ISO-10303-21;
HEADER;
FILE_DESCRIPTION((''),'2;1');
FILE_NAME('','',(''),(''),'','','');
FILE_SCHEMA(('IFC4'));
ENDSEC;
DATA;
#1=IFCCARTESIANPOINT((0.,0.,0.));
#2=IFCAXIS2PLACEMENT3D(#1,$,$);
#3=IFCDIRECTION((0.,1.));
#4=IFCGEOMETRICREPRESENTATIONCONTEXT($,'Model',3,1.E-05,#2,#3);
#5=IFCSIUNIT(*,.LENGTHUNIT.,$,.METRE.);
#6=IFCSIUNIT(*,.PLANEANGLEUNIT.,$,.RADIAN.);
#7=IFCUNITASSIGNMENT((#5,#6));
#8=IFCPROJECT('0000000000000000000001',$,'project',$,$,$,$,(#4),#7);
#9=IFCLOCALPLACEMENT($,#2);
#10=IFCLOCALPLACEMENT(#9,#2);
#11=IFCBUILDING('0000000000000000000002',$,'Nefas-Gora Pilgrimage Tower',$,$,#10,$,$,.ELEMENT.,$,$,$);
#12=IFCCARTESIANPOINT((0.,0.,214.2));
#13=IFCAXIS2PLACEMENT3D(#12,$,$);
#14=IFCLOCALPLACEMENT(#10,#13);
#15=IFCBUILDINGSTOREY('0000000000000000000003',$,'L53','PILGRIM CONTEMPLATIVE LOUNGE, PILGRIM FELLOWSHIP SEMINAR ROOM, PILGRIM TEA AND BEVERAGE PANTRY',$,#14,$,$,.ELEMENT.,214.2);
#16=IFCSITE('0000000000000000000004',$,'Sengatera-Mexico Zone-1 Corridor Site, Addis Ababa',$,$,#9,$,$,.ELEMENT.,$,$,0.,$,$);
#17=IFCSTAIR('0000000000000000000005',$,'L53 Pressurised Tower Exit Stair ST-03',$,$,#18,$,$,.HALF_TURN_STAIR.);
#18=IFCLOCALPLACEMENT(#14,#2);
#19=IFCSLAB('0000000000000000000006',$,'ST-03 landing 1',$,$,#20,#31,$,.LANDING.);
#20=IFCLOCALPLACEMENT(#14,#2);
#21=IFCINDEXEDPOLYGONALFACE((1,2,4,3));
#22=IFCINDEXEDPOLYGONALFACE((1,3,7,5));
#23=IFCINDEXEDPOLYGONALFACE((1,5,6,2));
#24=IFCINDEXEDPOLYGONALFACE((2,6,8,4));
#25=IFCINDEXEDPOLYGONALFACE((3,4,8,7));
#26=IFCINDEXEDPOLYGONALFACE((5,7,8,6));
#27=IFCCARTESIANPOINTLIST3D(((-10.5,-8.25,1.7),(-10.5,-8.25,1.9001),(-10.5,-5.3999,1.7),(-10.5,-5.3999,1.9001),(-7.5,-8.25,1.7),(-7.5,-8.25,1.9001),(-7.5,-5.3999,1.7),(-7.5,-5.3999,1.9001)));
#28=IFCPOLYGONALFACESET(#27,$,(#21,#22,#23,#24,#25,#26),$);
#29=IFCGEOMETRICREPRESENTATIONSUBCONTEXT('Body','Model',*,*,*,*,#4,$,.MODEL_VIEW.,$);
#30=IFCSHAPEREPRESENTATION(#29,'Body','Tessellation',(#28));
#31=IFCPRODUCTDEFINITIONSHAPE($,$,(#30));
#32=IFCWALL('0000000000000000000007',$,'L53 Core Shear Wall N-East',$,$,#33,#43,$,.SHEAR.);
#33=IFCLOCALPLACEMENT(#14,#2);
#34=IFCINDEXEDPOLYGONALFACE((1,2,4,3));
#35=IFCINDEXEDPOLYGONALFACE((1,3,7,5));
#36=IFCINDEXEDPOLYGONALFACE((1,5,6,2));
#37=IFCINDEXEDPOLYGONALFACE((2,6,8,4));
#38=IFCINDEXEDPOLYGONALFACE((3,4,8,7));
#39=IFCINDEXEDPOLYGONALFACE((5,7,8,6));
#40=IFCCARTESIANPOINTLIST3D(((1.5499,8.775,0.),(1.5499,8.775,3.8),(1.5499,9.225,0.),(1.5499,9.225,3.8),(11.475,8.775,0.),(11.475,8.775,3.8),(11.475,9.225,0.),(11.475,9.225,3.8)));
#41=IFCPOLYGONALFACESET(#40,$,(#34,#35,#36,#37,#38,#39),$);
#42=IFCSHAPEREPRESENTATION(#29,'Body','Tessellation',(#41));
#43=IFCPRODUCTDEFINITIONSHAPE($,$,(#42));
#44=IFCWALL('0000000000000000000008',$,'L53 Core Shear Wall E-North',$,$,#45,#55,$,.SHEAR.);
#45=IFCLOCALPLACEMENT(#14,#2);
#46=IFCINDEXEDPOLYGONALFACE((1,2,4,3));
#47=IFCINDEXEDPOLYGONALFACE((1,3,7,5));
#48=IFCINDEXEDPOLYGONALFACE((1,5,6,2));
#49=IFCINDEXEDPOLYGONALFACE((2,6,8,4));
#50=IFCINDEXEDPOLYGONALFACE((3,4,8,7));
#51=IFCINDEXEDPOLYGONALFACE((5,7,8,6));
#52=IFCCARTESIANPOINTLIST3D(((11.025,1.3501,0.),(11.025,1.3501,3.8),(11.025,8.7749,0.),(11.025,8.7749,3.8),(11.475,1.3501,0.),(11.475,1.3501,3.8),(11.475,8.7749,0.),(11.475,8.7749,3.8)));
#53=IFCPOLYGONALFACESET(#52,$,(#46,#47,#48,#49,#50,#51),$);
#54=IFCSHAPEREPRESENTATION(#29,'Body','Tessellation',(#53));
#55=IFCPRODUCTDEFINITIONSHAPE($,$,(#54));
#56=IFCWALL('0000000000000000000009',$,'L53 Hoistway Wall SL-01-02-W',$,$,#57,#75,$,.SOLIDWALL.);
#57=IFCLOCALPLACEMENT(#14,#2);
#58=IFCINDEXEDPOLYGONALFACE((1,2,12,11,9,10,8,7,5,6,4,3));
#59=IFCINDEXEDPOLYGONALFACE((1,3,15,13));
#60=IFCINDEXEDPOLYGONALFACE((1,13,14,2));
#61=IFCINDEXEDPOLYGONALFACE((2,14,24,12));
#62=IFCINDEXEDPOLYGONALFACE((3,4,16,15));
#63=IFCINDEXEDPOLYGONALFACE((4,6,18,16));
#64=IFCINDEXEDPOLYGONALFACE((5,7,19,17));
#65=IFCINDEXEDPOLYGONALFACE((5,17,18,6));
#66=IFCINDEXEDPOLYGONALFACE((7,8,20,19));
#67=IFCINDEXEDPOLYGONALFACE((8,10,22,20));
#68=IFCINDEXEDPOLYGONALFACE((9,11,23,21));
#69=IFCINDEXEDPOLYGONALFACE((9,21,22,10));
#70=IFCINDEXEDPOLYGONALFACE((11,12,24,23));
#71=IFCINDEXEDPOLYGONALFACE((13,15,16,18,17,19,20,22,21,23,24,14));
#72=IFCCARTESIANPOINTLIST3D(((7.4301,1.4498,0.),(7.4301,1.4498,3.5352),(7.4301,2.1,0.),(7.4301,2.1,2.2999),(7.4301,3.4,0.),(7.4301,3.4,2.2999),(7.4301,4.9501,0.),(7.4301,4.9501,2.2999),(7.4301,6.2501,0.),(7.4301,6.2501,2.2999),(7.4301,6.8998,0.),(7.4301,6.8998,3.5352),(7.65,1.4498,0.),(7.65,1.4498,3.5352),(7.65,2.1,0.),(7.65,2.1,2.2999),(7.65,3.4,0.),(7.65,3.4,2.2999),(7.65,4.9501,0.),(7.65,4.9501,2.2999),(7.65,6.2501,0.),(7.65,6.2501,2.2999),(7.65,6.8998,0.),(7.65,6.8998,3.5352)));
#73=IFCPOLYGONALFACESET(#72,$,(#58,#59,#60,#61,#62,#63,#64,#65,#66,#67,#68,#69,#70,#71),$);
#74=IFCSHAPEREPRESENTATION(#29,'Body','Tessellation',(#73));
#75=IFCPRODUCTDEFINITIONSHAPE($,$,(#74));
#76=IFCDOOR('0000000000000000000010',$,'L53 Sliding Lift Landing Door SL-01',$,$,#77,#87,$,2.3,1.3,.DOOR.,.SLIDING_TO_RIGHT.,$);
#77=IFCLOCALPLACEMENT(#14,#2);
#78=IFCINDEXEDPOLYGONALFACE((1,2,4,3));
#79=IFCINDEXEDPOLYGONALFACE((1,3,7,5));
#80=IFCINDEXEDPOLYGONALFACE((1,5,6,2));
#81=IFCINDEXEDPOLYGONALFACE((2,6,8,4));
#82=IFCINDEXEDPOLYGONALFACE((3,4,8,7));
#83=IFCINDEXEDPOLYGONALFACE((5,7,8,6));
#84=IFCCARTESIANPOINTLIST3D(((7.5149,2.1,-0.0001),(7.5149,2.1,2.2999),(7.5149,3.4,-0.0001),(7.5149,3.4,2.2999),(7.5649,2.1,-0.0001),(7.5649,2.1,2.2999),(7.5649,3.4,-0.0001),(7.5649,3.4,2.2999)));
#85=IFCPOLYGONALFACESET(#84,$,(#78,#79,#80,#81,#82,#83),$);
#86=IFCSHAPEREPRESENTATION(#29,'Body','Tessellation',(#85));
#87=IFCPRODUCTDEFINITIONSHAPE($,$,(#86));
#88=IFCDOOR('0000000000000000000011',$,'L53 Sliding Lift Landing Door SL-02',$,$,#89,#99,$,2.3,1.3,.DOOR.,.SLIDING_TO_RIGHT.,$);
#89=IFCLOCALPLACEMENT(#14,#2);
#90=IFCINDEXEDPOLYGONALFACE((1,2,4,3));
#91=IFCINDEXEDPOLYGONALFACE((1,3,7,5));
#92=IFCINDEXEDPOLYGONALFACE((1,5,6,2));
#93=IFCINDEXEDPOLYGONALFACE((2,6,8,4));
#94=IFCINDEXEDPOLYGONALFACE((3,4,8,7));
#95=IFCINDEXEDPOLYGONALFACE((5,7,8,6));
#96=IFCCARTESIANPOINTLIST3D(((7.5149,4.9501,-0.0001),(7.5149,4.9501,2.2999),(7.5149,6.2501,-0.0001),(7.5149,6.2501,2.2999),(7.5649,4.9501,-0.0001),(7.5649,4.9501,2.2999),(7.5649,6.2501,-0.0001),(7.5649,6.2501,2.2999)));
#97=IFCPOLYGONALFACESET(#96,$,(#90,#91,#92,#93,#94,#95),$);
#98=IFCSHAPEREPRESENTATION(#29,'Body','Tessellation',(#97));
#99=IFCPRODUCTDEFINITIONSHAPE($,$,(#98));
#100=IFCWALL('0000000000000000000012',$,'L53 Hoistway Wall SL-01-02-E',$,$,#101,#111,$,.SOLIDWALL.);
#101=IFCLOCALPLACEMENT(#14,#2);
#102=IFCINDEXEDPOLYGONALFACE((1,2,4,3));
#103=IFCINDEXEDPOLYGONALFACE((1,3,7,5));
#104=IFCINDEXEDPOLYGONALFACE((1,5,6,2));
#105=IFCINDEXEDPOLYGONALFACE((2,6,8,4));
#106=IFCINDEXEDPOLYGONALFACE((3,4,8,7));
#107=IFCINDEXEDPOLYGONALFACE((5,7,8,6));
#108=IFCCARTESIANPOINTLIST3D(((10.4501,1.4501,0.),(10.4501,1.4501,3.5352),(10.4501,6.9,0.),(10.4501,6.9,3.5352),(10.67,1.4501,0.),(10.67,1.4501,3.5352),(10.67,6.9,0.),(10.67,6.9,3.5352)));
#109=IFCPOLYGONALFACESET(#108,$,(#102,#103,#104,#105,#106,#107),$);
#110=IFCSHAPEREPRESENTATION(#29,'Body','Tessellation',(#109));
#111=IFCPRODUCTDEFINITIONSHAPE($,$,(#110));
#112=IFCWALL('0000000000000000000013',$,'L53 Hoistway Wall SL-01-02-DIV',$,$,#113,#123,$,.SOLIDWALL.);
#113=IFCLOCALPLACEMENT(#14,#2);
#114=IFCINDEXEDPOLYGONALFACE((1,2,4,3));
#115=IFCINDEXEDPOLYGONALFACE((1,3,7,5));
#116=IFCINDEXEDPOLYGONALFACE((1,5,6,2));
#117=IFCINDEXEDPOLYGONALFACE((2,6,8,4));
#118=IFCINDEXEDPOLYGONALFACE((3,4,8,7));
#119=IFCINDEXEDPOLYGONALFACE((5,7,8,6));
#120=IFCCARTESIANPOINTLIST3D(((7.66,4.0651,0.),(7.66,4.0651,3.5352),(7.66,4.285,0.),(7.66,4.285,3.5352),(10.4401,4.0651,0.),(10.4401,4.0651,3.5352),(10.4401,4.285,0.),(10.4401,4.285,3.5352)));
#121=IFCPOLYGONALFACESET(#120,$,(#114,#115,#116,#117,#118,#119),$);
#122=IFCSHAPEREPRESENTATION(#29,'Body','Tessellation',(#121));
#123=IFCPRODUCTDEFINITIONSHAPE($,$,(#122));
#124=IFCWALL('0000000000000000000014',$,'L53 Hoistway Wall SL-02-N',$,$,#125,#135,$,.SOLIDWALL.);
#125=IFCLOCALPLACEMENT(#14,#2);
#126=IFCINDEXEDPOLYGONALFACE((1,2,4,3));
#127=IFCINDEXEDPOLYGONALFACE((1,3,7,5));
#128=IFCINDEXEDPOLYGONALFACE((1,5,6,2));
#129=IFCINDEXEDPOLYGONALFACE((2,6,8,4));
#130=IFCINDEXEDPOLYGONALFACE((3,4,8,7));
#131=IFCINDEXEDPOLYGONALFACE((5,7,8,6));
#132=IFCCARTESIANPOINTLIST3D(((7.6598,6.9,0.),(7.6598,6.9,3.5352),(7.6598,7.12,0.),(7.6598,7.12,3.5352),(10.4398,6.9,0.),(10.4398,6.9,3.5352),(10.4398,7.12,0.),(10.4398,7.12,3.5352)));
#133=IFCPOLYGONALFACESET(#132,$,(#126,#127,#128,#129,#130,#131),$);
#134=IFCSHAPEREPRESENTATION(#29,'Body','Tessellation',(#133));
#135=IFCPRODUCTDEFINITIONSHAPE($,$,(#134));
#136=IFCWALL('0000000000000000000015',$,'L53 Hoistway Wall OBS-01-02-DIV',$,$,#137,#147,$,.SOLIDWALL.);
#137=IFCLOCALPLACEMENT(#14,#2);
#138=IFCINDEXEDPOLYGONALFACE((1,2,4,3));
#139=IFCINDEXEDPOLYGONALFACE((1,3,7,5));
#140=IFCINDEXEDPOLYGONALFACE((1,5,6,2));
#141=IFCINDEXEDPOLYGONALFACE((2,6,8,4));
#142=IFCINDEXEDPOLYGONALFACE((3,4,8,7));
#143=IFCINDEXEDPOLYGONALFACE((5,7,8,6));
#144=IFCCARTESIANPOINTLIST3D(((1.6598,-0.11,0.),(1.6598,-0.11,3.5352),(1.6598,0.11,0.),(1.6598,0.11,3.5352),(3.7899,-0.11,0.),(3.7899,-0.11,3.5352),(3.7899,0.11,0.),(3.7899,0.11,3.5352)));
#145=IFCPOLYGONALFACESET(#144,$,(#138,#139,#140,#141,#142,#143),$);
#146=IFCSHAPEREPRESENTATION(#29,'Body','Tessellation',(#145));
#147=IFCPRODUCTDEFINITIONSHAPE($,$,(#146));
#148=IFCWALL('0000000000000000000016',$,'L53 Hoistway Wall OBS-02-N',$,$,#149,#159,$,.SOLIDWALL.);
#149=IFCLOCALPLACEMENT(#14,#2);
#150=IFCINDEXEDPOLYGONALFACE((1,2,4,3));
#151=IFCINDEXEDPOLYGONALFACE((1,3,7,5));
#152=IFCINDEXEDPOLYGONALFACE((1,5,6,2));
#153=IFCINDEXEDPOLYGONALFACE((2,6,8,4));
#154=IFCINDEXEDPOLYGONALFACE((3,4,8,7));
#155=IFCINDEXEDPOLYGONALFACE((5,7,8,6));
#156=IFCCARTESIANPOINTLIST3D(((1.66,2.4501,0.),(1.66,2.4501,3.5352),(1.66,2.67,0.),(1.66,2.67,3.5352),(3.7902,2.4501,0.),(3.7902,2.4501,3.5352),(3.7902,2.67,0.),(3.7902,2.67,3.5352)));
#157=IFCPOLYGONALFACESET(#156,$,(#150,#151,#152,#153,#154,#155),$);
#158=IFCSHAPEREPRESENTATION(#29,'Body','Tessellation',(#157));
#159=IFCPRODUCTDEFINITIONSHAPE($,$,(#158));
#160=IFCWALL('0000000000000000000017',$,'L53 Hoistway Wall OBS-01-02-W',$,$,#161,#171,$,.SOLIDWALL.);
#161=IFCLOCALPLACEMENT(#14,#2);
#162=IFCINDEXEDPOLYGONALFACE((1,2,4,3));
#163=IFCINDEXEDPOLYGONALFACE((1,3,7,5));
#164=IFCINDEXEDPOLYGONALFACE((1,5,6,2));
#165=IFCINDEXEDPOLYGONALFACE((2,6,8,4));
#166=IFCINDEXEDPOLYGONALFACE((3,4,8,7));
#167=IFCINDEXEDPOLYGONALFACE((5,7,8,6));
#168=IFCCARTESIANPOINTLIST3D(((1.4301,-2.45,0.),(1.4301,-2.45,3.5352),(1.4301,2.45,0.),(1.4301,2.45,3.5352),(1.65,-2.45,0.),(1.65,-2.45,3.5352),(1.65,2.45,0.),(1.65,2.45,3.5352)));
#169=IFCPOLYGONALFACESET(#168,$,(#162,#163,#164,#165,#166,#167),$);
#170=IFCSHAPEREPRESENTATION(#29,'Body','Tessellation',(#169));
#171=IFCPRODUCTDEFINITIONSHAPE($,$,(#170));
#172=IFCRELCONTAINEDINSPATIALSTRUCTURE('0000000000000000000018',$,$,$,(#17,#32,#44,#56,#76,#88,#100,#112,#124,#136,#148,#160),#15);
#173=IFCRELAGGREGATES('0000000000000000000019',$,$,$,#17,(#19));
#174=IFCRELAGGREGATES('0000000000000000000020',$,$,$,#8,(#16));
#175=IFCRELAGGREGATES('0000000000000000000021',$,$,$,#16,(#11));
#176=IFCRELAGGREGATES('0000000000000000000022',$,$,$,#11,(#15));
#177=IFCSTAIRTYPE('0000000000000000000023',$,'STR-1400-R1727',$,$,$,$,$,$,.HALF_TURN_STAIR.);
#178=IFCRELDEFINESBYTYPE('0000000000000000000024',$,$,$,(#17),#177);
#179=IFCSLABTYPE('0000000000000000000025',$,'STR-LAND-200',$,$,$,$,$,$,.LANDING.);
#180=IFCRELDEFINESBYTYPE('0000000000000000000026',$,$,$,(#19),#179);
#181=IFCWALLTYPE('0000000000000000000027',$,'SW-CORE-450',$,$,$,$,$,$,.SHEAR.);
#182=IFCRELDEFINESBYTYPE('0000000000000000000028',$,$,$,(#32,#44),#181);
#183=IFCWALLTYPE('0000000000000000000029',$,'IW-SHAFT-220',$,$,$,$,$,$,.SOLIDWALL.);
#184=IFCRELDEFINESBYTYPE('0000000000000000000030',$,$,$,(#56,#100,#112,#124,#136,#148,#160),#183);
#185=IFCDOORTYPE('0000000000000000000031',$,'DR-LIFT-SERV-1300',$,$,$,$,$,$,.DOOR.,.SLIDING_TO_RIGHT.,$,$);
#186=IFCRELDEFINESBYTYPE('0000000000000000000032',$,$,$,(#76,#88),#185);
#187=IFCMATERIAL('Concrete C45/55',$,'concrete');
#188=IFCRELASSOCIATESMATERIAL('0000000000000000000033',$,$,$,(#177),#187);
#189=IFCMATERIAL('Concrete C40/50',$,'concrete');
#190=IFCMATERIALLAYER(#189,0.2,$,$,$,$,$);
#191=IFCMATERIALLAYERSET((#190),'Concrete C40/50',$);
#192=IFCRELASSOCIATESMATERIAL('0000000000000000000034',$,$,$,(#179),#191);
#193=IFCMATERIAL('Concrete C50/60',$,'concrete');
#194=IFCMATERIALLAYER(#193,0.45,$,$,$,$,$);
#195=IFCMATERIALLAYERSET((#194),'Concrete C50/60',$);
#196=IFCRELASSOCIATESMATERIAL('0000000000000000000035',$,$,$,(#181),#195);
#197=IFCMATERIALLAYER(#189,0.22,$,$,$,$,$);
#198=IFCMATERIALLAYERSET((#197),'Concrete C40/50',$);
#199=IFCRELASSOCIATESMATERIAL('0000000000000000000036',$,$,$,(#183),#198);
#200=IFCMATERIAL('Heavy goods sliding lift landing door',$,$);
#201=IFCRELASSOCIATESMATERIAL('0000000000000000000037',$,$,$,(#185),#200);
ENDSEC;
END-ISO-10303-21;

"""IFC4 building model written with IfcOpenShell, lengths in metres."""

from ifc_helpers import new_model, si_unit, direction, frame, frame_2d, origin, place, context, subcontext, project, spatial, polyline, rectangle, outline, extrude, source, transform, mapped, material, layer, layer_set, type_object, element, fill, aggregate, save


model = new_model("IFC4")

# Units and contexts
model_context = context("Model", 3, precision=1e-05, world=origin(), true_north=direction((0.0, 1.0)))
body_context = subcontext(model_context, "Body", "Model", "MODEL_VIEW")
ifc_project = project(units=[si_unit("LENGTHUNIT", "METRE"), si_unit("PLANEANGLEUNIT", "RADIAN")], contexts=[model_context])

# Site, building, storey
site_placement = place(None, origin())
site = spatial("IfcSite", under=ifc_project, at=site_placement, Name="Sengatera-Mexico Zone-1 Corridor Site, Addis Ababa", CompositionType="ELEMENT", RefElevation=0.0)
building_placement = place(site_placement, origin())
building = spatial("IfcBuilding", under=site, at=building_placement, Name="Nefas-Gora Pilgrimage Tower", CompositionType="ELEMENT")
storey_placement = place(building_placement, frame((0.0, 0.0, 214.2)))
storey = spatial("IfcBuildingStorey", under=building, at=storey_placement, Name="L53", Description="PILGRIM CONTEMPLATIVE LOUNGE, PILGRIM FELLOWSHIP SEMINAR ROOM, PILGRIM TEA AND BEVERAGE PANTRY", CompositionType="ELEMENT", Elevation=214.2)

# Stair, slab
ifc_material_1 = material(Name="Concrete C45/55", Category="concrete")
stair_type = type_object("IfcStairType", Name="STR-1400-R1727", PredefinedType="HALF_TURN_STAIR", material=ifc_material_1)
ifc_material_2 = material(Name="Concrete C40/50", Category="concrete")
ifc_layer_1 = layer(ifc_material_2, 0.2)
ifc_layer_set_1 = layer_set([ifc_layer_1], Name="Concrete C40/50")
slab_type = type_object("IfcSlabType", Name="STR-LAND-200", PredefinedType="LANDING", material=ifc_layer_set_1)
stair_1_placement = place(storey_placement, origin())
stair_1 = element("IfcStair", 1, at=stair_1_placement, inside=storey, type_object=stair_type, Name="L53 Pressurised Tower Exit Stair ST-03", PredefinedType="HALF_TURN_STAIR")
slab_1_placement = place(storey_placement, frame((0.0, 0.0, 1.7)))
slab_1 = element("IfcSlab", 2, at=slab_1_placement, type_object=slab_type, Name="ST-03 landing 1", PredefinedType="LANDING", context=body_context, shape_type="SweptSolid", body=[
    extrude(outline(polyline([(-10.5, -5.3999), (-10.5, -8.25), (-7.5, -8.25), (-7.5, -5.3999), (-10.5, -5.3999)])), origin(), (0.0, 0.0, 1.0), 0.2002),
])
aggregate(stair_1, [slab_1])

# Walls
ifc_material_3 = material(Name="Concrete C50/60", Category="concrete")
ifc_layer_2 = layer(ifc_material_3, 0.45)
ifc_layer_set_2 = layer_set([ifc_layer_2], Name="Concrete C50/60")
wall_type_1 = type_object("IfcWallType", Name="SW-CORE-450", PredefinedType="SHEAR", material=ifc_layer_set_2)
shared_shape_1 = source(origin(), body_context, "Body", "SweptSolid", [
    extrude(rectangle(XDim=9.925, YDim=0.45, at=frame_2d((4.9624, 0.0))), origin(), (0.0, 0.0, 1.0), 3.8),
])
wall_1_placement = place(storey_placement, frame((1.55, 9.0, 0.0), z_axis=(0.0, 0.0, 1.0), x_axis=(1.0, 0.0, 0.0)))
element("IfcWall", 3, at=wall_1_placement, inside=storey, type_object=wall_type_1, Name="L53 Core Shear Wall N-East", PredefinedType="SHEAR", context=body_context, shape_type="MappedRepresentation", body=[
    mapped(shared_shape_1, transform((0.0, 0.0, 0.0), x_axis=(1.0, 0.0, 0.0), y_axis=(0.0, 1.0, 0.0), z_axis=(0.0, 0.0, 1.0), scale=1.0)),
])
shared_shape_2 = source(origin(), body_context, "Body", "SweptSolid", [
    extrude(rectangle(XDim=7.4248, YDim=0.45, at=frame_2d((3.7124, 0.0))), origin(), (0.0, 0.0, 1.0), 3.8),
])
wall_2_placement = place(storey_placement, frame((11.25, 1.3501, 0.0), z_axis=(0.0, 0.0, 1.0), x_axis=(0.0, 1.0, 0.0)))
element("IfcWall", 4, at=wall_2_placement, inside=storey, type_object=wall_type_1, Name="L53 Core Shear Wall E-North", PredefinedType="SHEAR", context=body_context, shape_type="MappedRepresentation", body=[
    mapped(shared_shape_2, transform((0.0, 0.0, 0.0), x_axis=(1.0, 0.0, 0.0), y_axis=(0.0, 1.0, 0.0), z_axis=(0.0, 0.0, 1.0), scale=1.0)),
])

# Wall, openings, doors
ifc_layer_3 = layer(ifc_material_2, 0.22)
ifc_layer_set_3 = layer_set([ifc_layer_3], Name="Concrete C40/50")
wall_type_2 = type_object("IfcWallType", Name="IW-SHAFT-220", PredefinedType="SOLIDWALL", material=ifc_layer_set_3)
shared_shape_3 = source(origin(), body_context, "Body", "SweptSolid", [
    extrude(rectangle(XDim=5.45, YDim=0.22, at=frame_2d((2.7251, 0.0))), origin(), (0.0, 0.0, 1.0), 3.5352),
])
wall_3_placement = place(storey_placement, frame((7.54, 6.8999, 0.0), z_axis=(0.0, 0.0, 1.0), x_axis=(0.0, -1.0, 0.0)))
wall_3 = element("IfcWall", 5, at=wall_3_placement, inside=storey, type_object=wall_type_2, Name="L53 Hoistway Wall SL-01-02-W", PredefinedType="SOLIDWALL", context=body_context, shape_type="MappedRepresentation", body=[
    mapped(shared_shape_3, transform((0.0, 0.0, 0.0), x_axis=(1.0, 0.0, 0.0), y_axis=(0.0, 1.0, 0.0), z_axis=(0.0, 0.0, 1.0), scale=1.0)),
])
opening_1_placement = place(wall_3_placement, frame((3.5, 0.0, 0.0)))
opening_1 = element("IfcOpeningElement", 6, at=opening_1_placement, cuts=wall_3, PredefinedType="OPENING", context=body_context, shape_type="SweptSolid", body=[
    extrude(rectangle(XDim=1.3, YDim=2.3, at=frame_2d((0.6499, 1.1499))), frame((0.0, 0.1199, 0.0), z_axis=(0.0, -1.0, 0.0), x_axis=(1.0, 0.0, 0.0)), (0.0, 0.0, 1.0), 0.24),
])
opening_2_placement = place(wall_3_placement, frame((0.6499, 0.0, 0.0)))
opening_2 = element("IfcOpeningElement", 7, at=opening_2_placement, cuts=wall_3, PredefinedType="OPENING", context=body_context, shape_type="SweptSolid", body=[
    extrude(rectangle(XDim=1.3, YDim=2.3, at=frame_2d((0.6499, 1.1499))), frame((0.0, 0.1199, 0.0), z_axis=(0.0, -1.0, 0.0), x_axis=(1.0, 0.0, 0.0)), (0.0, 0.0, 1.0), 0.24),
])
ifc_material_4 = material(Name="Heavy goods sliding lift landing door")
door_type_1 = type_object("IfcDoorType", Name="DR-LIFT-SERV-1300", OperationType="SLIDING_TO_RIGHT", PredefinedType="DOOR", material=ifc_material_4)
shared_shape_4 = source(origin(), body_context, "Body", "SweptSolid", [
    extrude(rectangle(XDim=1.3, YDim=2.3, at=frame_2d((0.6499, 1.1499))), frame((0.0, 0.0249, 0.0), z_axis=(0.0, -1.0, 0.0), x_axis=(1.0, 0.0, 0.0)), (0.0, 0.0, 1.0), 0.05),
])
door_1_placement = place(opening_1_placement, origin())
door_1 = element("IfcDoor", 8, at=door_1_placement, inside=storey, type_object=door_type_1, Name="L53 Sliding Lift Landing Door SL-01", OperationType="SLIDING_TO_RIGHT", OverallHeight=2.3, OverallWidth=1.3, PredefinedType="DOOR", context=body_context, shape_type="MappedRepresentation", body=[
    mapped(shared_shape_4, transform((0.0, 0.0, 0.0), x_axis=(1.0, 0.0, 0.0), y_axis=(0.0, 1.0, 0.0), z_axis=(0.0, 0.0, 1.0), scale=1.0)),
])
fill(opening_1, door_1)
door_2_placement = place(opening_2_placement, origin())
door_2 = element("IfcDoor", 9, at=door_2_placement, inside=storey, type_object=door_type_1, Name="L53 Sliding Lift Landing Door SL-02", OperationType="SLIDING_TO_RIGHT", OverallHeight=2.3, OverallWidth=1.3, PredefinedType="DOOR", context=body_context, shape_type="MappedRepresentation", body=[
    mapped(shared_shape_4, transform((0.0, 0.0, 0.0), x_axis=(1.0, 0.0, 0.0), y_axis=(0.0, 1.0, 0.0), z_axis=(0.0, 0.0, 1.0), scale=1.0)),
])
fill(opening_2, door_2)

# Walls
wall_4_placement = place(storey_placement, frame((10.5601, 1.45, 0.0), z_axis=(0.0, 0.0, 1.0), x_axis=(0.0, 1.0, 0.0)))
element("IfcWall", 10, at=wall_4_placement, inside=storey, type_object=wall_type_2, Name="L53 Hoistway Wall SL-01-02-E", PredefinedType="SOLIDWALL", context=body_context, shape_type="MappedRepresentation", body=[
    mapped(shared_shape_3, transform((0.0, 0.0, 0.0), x_axis=(1.0, 0.0, 0.0), y_axis=(0.0, 1.0, 0.0), z_axis=(0.0, 0.0, 1.0), scale=1.0)),
])
shared_shape_5 = source(origin(), body_context, "Body", "SweptSolid", [
    extrude(rectangle(XDim=2.78, YDim=0.22, at=frame_2d((1.3901, 0.0))), origin(), (0.0, 0.0, 1.0), 3.5352),
])
for number, where, z_axis, x_axis, name in (
    (11, (7.6599, 4.175, 0.0), (0.0, 0.0, 1.0), (1.0, 0.0, 0.0), "L53 Hoistway Wall SL-01-02-DIV"),
    (12, (10.4399, 7.01, 0.0), (0.0, 0.0, 1.0), (-1.0, 0.0, 0.0), "L53 Hoistway Wall SL-02-N"),
):
    element("IfcWall", number, at=place(storey_placement, frame(where, z_axis=z_axis, x_axis=x_axis)), inside=storey, type_object=wall_type_2, Name=name, PredefinedType="SOLIDWALL", context=body_context, shape_type="MappedRepresentation", body=[
        mapped(shared_shape_5, transform((0.0, 0.0, 0.0), x_axis=(1.0, 0.0, 0.0), y_axis=(0.0, 1.0, 0.0), z_axis=(0.0, 0.0, 1.0), scale=1.0)),
    ])
shared_shape_6 = source(origin(), body_context, "Body", "SweptSolid", [
    extrude(rectangle(XDim=2.1301, YDim=0.22, at=frame_2d((1.0649, 0.0))), origin(), (0.0, 0.0, 1.0), 3.5352),
])
for number, where, z_axis, x_axis, name in (
    (13, (1.6599, 0.0, 0.0), (0.0, 0.0, 1.0), (1.0, 0.0, 0.0), "L53 Hoistway Wall OBS-01-02-DIV"),
    (14, (3.79, 2.5601, 0.0), (0.0, 0.0, 1.0), (-1.0, 0.0, 0.0), "L53 Hoistway Wall OBS-02-N"),
):
    element("IfcWall", number, at=place(storey_placement, frame(where, z_axis=z_axis, x_axis=x_axis)), inside=storey, type_object=wall_type_2, Name=name, PredefinedType="SOLIDWALL", context=body_context, shape_type="MappedRepresentation", body=[
        mapped(shared_shape_6, transform((0.0, 0.0, 0.0), x_axis=(1.0, 0.0, 0.0), y_axis=(0.0, 1.0, 0.0), z_axis=(0.0, 0.0, 1.0), scale=1.0)),
    ])
shared_shape_7 = source(origin(), body_context, "Body", "SweptSolid", [
    extrude(rectangle(XDim=4.8999, YDim=0.22, at=frame_2d((2.45, 0.0))), origin(), (0.0, 0.0, 1.0), 3.5352),
])
wall_5_placement = place(storey_placement, frame((1.54, 2.45, 0.0), z_axis=(0.0, 0.0, 1.0), x_axis=(0.0, -1.0, 0.0)))
element("IfcWall", 15, at=wall_5_placement, inside=storey, type_object=wall_type_2, Name="L53 Hoistway Wall OBS-01-02-W", PredefinedType="SOLIDWALL", context=body_context, shape_type="MappedRepresentation", body=[
    mapped(shared_shape_7, transform((0.0, 0.0, 0.0), x_axis=(1.0, 0.0, 0.0), y_axis=(0.0, 1.0, 0.0), z_axis=(0.0, 0.0, 1.0), scale=1.0)),
])

save(model, "model.ifc")
